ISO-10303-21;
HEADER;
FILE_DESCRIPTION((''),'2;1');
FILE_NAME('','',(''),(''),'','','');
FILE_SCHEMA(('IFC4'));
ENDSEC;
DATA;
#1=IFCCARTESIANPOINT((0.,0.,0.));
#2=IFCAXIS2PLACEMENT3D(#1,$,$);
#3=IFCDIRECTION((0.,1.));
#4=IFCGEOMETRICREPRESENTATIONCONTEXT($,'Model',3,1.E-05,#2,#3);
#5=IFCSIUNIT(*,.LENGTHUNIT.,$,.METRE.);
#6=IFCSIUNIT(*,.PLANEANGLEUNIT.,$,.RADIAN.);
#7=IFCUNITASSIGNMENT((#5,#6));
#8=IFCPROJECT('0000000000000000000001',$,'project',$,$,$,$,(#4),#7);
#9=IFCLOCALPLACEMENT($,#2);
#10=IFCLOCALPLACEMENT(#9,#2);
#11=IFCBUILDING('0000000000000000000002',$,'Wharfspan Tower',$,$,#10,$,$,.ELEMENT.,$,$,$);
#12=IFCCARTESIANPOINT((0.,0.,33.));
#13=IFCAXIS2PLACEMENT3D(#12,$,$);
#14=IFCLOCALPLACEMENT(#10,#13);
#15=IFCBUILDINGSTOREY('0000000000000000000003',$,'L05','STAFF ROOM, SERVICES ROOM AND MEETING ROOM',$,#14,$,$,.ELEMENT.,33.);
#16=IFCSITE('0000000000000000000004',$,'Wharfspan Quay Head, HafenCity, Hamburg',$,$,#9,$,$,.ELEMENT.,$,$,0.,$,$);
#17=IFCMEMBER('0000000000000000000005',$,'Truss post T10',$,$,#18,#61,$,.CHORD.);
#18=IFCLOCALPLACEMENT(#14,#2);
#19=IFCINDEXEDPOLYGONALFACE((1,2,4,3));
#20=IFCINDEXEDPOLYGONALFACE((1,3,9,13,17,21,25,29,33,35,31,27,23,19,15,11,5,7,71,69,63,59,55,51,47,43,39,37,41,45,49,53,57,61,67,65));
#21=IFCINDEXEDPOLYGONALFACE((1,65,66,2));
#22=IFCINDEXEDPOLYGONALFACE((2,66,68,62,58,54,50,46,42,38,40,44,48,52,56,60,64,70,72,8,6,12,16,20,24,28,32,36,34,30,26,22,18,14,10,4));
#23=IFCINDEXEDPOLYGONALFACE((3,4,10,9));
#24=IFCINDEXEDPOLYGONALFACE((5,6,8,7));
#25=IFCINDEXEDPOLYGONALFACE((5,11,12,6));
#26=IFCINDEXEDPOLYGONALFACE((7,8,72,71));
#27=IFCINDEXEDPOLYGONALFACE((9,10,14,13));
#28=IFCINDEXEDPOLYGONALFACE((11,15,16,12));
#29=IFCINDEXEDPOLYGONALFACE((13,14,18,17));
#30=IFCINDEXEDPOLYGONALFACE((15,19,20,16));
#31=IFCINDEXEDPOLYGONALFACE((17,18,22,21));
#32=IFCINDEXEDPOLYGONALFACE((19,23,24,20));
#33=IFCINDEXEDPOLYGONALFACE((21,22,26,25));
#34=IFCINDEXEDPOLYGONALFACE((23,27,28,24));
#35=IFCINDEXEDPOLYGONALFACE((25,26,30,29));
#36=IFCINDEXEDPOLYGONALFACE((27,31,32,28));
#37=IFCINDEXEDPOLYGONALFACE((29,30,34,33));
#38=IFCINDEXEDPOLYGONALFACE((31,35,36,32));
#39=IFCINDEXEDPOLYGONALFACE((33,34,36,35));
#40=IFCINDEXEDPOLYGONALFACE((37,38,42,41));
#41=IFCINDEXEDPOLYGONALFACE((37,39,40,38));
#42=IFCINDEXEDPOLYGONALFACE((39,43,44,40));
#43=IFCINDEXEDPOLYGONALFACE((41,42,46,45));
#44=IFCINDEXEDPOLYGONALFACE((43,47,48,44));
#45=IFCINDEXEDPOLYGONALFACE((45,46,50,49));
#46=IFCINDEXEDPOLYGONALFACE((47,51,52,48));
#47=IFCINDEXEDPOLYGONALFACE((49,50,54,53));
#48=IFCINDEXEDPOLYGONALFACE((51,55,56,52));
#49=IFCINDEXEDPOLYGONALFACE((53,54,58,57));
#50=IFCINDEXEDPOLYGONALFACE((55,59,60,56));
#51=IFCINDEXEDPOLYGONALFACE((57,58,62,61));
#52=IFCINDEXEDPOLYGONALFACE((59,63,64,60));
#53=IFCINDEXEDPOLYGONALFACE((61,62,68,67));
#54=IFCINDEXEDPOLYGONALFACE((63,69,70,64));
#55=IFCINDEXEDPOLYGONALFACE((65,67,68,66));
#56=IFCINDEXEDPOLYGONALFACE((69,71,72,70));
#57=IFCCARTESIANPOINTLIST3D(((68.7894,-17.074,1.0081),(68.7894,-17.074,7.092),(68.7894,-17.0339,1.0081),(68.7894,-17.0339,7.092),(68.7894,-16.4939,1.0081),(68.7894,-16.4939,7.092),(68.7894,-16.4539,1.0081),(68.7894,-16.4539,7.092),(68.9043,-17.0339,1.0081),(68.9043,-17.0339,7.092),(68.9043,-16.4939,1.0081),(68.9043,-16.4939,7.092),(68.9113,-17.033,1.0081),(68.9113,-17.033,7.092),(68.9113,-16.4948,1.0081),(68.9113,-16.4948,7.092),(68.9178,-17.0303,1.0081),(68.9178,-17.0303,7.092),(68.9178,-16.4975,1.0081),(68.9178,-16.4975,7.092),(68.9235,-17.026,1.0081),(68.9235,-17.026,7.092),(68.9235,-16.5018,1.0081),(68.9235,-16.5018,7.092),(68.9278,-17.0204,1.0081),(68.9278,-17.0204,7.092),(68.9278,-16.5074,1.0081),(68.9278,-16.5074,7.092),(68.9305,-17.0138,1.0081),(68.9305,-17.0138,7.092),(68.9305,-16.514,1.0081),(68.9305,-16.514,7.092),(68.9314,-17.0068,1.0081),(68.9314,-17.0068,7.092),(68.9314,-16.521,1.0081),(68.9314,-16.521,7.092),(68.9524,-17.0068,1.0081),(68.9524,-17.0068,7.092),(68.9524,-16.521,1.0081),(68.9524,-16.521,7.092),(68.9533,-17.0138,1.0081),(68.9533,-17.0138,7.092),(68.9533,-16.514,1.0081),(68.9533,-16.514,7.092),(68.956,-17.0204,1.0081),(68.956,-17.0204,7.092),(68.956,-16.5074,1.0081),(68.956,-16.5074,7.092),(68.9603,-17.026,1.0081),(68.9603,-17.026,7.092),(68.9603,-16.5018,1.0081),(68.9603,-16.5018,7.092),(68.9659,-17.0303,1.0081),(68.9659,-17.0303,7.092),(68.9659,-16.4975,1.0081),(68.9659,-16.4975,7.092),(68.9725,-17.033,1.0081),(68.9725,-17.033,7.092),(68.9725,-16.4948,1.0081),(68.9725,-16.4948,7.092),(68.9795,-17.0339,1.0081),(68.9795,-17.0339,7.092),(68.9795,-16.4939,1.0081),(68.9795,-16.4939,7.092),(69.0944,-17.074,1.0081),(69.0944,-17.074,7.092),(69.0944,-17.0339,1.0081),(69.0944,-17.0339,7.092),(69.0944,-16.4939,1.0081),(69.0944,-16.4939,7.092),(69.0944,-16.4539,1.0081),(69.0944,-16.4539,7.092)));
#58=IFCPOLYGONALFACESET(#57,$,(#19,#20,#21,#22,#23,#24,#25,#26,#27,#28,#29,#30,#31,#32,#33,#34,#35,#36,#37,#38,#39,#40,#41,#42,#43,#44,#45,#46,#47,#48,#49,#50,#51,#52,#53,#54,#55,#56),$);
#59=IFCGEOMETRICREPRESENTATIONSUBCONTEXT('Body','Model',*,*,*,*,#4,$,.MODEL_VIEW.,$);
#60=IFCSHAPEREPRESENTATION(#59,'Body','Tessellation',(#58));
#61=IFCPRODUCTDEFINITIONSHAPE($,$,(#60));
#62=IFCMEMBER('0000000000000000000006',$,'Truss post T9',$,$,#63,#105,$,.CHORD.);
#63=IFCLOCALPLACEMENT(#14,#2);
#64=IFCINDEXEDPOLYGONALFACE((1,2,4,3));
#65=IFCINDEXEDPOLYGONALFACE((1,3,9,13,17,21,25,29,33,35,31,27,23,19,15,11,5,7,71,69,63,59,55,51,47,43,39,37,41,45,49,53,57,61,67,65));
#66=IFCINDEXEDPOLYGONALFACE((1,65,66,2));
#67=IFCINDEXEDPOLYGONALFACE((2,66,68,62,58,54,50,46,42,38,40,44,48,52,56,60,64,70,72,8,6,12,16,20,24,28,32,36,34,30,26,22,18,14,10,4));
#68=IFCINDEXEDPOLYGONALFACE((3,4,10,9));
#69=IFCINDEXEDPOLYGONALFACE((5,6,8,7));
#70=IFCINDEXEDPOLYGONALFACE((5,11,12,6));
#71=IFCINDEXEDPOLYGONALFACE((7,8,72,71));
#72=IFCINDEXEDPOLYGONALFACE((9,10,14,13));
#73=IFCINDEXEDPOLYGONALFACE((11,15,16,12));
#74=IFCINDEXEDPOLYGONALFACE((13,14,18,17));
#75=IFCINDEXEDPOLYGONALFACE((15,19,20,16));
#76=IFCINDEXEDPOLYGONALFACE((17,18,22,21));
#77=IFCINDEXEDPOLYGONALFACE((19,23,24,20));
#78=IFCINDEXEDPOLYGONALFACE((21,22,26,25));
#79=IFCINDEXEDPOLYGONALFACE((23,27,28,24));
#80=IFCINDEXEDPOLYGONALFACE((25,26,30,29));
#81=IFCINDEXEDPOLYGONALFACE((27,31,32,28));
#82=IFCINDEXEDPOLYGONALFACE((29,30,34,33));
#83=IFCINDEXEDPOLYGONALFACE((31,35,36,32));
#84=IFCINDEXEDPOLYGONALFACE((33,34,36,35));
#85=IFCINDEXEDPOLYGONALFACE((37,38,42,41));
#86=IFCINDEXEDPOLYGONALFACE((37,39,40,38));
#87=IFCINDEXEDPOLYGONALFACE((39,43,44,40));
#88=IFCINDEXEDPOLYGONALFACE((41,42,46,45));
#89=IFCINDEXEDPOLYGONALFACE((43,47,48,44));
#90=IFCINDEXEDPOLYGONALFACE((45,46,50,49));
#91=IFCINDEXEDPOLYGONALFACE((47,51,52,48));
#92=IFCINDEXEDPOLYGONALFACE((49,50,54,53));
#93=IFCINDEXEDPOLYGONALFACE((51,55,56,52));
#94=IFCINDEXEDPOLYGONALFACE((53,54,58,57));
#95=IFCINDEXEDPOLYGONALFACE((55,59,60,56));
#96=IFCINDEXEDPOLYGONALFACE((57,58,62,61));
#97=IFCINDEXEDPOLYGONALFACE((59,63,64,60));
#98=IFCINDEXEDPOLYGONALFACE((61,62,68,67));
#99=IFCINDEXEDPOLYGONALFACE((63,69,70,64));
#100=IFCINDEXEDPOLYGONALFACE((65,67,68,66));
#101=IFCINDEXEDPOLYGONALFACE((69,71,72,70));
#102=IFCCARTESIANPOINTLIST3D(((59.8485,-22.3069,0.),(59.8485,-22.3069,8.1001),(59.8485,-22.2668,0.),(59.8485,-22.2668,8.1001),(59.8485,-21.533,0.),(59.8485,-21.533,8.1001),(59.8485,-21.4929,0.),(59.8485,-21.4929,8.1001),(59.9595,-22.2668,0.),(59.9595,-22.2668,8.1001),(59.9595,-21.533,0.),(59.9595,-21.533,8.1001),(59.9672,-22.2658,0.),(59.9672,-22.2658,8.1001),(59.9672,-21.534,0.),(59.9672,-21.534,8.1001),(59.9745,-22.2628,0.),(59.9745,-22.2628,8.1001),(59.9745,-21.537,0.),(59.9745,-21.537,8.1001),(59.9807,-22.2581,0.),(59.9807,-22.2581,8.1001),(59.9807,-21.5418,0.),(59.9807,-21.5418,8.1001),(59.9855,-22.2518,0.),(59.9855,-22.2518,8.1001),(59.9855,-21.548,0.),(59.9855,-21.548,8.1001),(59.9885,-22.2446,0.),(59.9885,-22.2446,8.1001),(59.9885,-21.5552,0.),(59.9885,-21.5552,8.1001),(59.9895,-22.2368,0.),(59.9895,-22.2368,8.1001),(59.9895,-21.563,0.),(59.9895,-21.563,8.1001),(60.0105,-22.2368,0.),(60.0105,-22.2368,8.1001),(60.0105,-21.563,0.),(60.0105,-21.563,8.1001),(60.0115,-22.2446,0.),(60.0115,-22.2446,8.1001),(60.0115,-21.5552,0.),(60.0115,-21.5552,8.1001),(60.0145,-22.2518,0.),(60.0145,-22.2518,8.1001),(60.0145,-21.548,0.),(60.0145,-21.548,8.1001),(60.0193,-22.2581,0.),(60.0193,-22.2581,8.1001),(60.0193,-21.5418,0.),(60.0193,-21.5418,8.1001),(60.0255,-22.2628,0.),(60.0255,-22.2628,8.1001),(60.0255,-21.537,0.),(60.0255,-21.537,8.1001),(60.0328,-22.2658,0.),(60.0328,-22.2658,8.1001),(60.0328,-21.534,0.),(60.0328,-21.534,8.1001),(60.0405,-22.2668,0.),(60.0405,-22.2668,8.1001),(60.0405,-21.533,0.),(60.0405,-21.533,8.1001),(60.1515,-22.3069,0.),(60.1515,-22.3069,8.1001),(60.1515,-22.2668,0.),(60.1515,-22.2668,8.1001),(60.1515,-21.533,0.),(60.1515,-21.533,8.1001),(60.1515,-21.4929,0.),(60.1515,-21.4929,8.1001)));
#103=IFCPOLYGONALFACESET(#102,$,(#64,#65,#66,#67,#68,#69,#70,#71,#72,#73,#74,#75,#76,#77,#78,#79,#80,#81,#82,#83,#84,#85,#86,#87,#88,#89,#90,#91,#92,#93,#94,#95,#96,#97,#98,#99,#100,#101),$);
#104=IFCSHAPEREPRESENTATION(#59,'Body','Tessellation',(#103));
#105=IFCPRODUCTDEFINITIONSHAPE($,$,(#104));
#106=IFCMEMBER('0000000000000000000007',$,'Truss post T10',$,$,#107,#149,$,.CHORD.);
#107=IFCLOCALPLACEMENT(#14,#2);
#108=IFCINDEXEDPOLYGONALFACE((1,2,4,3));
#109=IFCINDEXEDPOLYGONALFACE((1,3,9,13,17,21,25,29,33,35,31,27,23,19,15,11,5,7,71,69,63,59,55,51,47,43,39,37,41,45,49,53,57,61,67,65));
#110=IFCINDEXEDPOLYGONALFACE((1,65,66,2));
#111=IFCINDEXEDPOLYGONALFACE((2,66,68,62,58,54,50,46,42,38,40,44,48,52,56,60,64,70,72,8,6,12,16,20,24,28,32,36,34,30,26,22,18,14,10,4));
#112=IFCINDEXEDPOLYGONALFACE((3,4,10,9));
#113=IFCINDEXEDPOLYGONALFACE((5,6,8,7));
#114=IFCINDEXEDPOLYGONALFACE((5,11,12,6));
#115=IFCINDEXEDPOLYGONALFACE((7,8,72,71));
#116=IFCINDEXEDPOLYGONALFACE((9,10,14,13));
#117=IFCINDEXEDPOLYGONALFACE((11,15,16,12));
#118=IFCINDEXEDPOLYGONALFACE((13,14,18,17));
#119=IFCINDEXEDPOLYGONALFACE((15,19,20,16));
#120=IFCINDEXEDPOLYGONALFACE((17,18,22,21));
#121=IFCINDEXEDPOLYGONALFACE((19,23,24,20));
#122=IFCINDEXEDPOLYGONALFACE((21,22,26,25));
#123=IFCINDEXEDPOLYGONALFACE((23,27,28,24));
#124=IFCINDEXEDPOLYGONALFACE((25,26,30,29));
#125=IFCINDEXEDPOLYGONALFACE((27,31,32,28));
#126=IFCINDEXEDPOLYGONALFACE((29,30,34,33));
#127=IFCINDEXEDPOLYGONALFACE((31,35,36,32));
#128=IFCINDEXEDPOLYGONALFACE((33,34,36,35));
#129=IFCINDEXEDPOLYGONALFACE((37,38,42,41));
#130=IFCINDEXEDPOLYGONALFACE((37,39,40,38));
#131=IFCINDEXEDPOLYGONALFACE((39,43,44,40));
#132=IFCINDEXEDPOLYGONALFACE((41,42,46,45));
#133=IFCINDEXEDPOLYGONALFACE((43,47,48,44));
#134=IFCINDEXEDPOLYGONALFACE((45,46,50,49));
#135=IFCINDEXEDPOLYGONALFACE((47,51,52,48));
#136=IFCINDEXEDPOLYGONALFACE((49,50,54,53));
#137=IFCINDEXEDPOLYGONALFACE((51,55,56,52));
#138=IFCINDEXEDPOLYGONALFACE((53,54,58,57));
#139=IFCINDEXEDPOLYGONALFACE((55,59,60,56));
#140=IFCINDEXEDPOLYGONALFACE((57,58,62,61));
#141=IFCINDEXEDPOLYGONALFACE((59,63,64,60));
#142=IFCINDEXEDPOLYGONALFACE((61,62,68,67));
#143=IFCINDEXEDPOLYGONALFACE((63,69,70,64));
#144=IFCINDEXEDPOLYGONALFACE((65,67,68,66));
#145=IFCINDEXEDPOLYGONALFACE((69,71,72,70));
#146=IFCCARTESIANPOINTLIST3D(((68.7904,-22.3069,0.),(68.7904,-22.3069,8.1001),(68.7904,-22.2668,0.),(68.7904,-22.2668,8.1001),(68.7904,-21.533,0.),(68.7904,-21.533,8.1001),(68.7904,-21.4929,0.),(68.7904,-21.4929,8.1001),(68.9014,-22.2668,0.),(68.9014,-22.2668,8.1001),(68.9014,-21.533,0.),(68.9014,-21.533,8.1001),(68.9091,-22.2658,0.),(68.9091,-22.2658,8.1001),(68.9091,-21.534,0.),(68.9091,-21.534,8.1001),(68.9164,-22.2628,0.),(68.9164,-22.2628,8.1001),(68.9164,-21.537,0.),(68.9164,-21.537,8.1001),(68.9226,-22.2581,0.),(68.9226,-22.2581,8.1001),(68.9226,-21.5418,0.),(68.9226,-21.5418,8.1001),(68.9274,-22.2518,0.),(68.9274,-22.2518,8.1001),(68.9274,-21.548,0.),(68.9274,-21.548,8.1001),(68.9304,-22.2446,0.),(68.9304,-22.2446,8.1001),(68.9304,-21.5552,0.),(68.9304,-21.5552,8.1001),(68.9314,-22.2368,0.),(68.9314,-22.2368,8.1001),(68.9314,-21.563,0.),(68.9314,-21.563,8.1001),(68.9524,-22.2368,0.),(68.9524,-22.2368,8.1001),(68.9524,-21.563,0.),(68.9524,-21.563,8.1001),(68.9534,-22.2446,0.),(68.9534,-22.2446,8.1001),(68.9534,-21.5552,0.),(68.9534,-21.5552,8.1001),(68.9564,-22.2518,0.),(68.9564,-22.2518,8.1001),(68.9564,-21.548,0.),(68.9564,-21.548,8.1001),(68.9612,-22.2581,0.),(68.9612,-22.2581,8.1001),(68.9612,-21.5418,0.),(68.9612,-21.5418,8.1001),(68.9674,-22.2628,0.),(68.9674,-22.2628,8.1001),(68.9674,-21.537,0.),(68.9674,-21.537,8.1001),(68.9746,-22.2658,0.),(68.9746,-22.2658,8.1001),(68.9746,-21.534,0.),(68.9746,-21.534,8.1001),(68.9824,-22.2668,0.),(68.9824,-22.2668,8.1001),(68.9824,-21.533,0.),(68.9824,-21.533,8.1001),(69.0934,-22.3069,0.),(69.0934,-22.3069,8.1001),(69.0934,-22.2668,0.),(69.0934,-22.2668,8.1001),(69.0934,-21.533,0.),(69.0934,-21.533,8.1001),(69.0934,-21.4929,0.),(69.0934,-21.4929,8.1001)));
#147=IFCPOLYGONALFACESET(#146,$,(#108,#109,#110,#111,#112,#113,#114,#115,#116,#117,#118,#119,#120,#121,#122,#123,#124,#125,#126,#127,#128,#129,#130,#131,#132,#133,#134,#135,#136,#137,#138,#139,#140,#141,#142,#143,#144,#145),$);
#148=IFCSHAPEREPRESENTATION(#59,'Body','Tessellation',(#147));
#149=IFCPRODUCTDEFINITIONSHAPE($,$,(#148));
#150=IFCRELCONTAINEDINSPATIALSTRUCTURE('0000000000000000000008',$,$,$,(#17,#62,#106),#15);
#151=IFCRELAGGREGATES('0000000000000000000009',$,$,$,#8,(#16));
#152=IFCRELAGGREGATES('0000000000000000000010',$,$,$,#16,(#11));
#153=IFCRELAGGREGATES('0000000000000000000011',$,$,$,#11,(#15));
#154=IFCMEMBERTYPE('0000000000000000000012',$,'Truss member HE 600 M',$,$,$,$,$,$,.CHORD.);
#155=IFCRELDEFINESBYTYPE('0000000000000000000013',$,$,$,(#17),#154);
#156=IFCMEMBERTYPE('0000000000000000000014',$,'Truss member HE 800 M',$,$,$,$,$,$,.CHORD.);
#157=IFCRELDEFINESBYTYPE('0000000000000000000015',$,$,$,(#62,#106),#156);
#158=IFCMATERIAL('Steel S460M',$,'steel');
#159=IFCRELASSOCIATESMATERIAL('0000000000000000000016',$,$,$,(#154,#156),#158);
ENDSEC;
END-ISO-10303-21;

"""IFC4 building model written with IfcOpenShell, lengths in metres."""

from ifc_helpers import new_model, si_unit, direction, frame, origin, origin_2d, place, context, subcontext, project, spatial, i_section, extrude, material, material_profile, profile_set, type_object, element, save


model = new_model("IFC4")

# Units and contexts
model_context = context("Model", 3, precision=1e-05, world=origin(), true_north=direction((0.0, 1.0)))
body_context = subcontext(model_context, "Body", "Model", "MODEL_VIEW")
ifc_project = project(units=[si_unit("LENGTHUNIT", "METRE"), si_unit("PLANEANGLEUNIT", "RADIAN")], contexts=[model_context])

# Site, building, storey
site_placement = place(None, origin())
site = spatial("IfcSite", under=ifc_project, at=site_placement, Name="Wharfspan Quay Head, HafenCity, Hamburg", CompositionType="ELEMENT", RefElevation=0.0)
building_placement = place(site_placement, origin())
building = spatial("IfcBuilding", under=site, at=building_placement, Name="Wharfspan Tower", CompositionType="ELEMENT")
storey_placement = place(building_placement, frame((0.0, 0.0, 33.0)))
storey = spatial("IfcBuildingStorey", under=building, at=storey_placement, Name="L05", Description="STAFF ROOM, SERVICES ROOM AND MEETING ROOM", CompositionType="ELEMENT", Elevation=33.0)

# Members
ifc_material_1 = material(Name="Steel S460M", Category="steel")
ifc_material_profile_1 = material_profile(ifc_material_1, i_section(OverallWidth=0.3049, OverallDepth=0.6201, WebThickness=0.021, FlangeThickness=0.04, FilletRadius=0.0271, at=origin_2d()))
ifc_profile_set_1 = profile_set([ifc_material_profile_1], Name="Steel S460M")
member_type_1 = type_object("IfcMemberType", Name="Truss member HE 600 M", PredefinedType="CHORD", material=ifc_profile_set_1)
for number, where, z_axis, x_axis, name in (
    (1, (68.9419, -16.7639, 1.0081), (0.0, 0.0, 1.0), (1.0, 0.0, 0.0), "Truss post T10"),
):
    element("IfcMember", number, at=place(storey_placement, frame(where, z_axis=z_axis, x_axis=x_axis)), inside=storey, type_object=member_type_1, Name=name, PredefinedType="CHORD", context=body_context, shape_type="SweptSolid", body=[
        extrude(i_section(OverallWidth=0.3049, OverallDepth=0.6201, WebThickness=0.021, FlangeThickness=0.04, FilletRadius=0.0271, at=origin_2d()), origin(), (0.0, 0.0, 1.0), 6.084),
    ])
ifc_material_profile_2 = material_profile(ifc_material_1, i_section(OverallWidth=0.303, OverallDepth=0.814, WebThickness=0.021, FlangeThickness=0.04, FilletRadius=0.03, at=origin_2d()))
ifc_profile_set_2 = profile_set([ifc_material_profile_2], Name="Steel S460M")
member_type_2 = type_object("IfcMemberType", Name="Truss member HE 800 M", PredefinedType="CHORD", material=ifc_profile_set_2)
for number, where, z_axis, x_axis, name in (
    (2, (60.0, -21.8999, 0.0), (0.0, 0.0, 1.0), (1.0, 0.0, 0.0), "Truss post T9"),
    (3, (68.9419, -21.8999, 0.0), (0.0, 0.0, 1.0), (1.0, 0.0, 0.0), "Truss post T10"),
):
    element("IfcMember", number, at=place(storey_placement, frame(where, z_axis=z_axis, x_axis=x_axis)), inside=storey, type_object=member_type_2, Name=name, PredefinedType="CHORD", context=body_context, shape_type="SweptSolid", body=[
        extrude(i_section(OverallWidth=0.303, OverallDepth=0.814, WebThickness=0.021, FlangeThickness=0.04, FilletRadius=0.03, at=origin_2d()), origin(), (0.0, 0.0, 1.0), 8.1001),
    ])

save(model, "model.ifc")
